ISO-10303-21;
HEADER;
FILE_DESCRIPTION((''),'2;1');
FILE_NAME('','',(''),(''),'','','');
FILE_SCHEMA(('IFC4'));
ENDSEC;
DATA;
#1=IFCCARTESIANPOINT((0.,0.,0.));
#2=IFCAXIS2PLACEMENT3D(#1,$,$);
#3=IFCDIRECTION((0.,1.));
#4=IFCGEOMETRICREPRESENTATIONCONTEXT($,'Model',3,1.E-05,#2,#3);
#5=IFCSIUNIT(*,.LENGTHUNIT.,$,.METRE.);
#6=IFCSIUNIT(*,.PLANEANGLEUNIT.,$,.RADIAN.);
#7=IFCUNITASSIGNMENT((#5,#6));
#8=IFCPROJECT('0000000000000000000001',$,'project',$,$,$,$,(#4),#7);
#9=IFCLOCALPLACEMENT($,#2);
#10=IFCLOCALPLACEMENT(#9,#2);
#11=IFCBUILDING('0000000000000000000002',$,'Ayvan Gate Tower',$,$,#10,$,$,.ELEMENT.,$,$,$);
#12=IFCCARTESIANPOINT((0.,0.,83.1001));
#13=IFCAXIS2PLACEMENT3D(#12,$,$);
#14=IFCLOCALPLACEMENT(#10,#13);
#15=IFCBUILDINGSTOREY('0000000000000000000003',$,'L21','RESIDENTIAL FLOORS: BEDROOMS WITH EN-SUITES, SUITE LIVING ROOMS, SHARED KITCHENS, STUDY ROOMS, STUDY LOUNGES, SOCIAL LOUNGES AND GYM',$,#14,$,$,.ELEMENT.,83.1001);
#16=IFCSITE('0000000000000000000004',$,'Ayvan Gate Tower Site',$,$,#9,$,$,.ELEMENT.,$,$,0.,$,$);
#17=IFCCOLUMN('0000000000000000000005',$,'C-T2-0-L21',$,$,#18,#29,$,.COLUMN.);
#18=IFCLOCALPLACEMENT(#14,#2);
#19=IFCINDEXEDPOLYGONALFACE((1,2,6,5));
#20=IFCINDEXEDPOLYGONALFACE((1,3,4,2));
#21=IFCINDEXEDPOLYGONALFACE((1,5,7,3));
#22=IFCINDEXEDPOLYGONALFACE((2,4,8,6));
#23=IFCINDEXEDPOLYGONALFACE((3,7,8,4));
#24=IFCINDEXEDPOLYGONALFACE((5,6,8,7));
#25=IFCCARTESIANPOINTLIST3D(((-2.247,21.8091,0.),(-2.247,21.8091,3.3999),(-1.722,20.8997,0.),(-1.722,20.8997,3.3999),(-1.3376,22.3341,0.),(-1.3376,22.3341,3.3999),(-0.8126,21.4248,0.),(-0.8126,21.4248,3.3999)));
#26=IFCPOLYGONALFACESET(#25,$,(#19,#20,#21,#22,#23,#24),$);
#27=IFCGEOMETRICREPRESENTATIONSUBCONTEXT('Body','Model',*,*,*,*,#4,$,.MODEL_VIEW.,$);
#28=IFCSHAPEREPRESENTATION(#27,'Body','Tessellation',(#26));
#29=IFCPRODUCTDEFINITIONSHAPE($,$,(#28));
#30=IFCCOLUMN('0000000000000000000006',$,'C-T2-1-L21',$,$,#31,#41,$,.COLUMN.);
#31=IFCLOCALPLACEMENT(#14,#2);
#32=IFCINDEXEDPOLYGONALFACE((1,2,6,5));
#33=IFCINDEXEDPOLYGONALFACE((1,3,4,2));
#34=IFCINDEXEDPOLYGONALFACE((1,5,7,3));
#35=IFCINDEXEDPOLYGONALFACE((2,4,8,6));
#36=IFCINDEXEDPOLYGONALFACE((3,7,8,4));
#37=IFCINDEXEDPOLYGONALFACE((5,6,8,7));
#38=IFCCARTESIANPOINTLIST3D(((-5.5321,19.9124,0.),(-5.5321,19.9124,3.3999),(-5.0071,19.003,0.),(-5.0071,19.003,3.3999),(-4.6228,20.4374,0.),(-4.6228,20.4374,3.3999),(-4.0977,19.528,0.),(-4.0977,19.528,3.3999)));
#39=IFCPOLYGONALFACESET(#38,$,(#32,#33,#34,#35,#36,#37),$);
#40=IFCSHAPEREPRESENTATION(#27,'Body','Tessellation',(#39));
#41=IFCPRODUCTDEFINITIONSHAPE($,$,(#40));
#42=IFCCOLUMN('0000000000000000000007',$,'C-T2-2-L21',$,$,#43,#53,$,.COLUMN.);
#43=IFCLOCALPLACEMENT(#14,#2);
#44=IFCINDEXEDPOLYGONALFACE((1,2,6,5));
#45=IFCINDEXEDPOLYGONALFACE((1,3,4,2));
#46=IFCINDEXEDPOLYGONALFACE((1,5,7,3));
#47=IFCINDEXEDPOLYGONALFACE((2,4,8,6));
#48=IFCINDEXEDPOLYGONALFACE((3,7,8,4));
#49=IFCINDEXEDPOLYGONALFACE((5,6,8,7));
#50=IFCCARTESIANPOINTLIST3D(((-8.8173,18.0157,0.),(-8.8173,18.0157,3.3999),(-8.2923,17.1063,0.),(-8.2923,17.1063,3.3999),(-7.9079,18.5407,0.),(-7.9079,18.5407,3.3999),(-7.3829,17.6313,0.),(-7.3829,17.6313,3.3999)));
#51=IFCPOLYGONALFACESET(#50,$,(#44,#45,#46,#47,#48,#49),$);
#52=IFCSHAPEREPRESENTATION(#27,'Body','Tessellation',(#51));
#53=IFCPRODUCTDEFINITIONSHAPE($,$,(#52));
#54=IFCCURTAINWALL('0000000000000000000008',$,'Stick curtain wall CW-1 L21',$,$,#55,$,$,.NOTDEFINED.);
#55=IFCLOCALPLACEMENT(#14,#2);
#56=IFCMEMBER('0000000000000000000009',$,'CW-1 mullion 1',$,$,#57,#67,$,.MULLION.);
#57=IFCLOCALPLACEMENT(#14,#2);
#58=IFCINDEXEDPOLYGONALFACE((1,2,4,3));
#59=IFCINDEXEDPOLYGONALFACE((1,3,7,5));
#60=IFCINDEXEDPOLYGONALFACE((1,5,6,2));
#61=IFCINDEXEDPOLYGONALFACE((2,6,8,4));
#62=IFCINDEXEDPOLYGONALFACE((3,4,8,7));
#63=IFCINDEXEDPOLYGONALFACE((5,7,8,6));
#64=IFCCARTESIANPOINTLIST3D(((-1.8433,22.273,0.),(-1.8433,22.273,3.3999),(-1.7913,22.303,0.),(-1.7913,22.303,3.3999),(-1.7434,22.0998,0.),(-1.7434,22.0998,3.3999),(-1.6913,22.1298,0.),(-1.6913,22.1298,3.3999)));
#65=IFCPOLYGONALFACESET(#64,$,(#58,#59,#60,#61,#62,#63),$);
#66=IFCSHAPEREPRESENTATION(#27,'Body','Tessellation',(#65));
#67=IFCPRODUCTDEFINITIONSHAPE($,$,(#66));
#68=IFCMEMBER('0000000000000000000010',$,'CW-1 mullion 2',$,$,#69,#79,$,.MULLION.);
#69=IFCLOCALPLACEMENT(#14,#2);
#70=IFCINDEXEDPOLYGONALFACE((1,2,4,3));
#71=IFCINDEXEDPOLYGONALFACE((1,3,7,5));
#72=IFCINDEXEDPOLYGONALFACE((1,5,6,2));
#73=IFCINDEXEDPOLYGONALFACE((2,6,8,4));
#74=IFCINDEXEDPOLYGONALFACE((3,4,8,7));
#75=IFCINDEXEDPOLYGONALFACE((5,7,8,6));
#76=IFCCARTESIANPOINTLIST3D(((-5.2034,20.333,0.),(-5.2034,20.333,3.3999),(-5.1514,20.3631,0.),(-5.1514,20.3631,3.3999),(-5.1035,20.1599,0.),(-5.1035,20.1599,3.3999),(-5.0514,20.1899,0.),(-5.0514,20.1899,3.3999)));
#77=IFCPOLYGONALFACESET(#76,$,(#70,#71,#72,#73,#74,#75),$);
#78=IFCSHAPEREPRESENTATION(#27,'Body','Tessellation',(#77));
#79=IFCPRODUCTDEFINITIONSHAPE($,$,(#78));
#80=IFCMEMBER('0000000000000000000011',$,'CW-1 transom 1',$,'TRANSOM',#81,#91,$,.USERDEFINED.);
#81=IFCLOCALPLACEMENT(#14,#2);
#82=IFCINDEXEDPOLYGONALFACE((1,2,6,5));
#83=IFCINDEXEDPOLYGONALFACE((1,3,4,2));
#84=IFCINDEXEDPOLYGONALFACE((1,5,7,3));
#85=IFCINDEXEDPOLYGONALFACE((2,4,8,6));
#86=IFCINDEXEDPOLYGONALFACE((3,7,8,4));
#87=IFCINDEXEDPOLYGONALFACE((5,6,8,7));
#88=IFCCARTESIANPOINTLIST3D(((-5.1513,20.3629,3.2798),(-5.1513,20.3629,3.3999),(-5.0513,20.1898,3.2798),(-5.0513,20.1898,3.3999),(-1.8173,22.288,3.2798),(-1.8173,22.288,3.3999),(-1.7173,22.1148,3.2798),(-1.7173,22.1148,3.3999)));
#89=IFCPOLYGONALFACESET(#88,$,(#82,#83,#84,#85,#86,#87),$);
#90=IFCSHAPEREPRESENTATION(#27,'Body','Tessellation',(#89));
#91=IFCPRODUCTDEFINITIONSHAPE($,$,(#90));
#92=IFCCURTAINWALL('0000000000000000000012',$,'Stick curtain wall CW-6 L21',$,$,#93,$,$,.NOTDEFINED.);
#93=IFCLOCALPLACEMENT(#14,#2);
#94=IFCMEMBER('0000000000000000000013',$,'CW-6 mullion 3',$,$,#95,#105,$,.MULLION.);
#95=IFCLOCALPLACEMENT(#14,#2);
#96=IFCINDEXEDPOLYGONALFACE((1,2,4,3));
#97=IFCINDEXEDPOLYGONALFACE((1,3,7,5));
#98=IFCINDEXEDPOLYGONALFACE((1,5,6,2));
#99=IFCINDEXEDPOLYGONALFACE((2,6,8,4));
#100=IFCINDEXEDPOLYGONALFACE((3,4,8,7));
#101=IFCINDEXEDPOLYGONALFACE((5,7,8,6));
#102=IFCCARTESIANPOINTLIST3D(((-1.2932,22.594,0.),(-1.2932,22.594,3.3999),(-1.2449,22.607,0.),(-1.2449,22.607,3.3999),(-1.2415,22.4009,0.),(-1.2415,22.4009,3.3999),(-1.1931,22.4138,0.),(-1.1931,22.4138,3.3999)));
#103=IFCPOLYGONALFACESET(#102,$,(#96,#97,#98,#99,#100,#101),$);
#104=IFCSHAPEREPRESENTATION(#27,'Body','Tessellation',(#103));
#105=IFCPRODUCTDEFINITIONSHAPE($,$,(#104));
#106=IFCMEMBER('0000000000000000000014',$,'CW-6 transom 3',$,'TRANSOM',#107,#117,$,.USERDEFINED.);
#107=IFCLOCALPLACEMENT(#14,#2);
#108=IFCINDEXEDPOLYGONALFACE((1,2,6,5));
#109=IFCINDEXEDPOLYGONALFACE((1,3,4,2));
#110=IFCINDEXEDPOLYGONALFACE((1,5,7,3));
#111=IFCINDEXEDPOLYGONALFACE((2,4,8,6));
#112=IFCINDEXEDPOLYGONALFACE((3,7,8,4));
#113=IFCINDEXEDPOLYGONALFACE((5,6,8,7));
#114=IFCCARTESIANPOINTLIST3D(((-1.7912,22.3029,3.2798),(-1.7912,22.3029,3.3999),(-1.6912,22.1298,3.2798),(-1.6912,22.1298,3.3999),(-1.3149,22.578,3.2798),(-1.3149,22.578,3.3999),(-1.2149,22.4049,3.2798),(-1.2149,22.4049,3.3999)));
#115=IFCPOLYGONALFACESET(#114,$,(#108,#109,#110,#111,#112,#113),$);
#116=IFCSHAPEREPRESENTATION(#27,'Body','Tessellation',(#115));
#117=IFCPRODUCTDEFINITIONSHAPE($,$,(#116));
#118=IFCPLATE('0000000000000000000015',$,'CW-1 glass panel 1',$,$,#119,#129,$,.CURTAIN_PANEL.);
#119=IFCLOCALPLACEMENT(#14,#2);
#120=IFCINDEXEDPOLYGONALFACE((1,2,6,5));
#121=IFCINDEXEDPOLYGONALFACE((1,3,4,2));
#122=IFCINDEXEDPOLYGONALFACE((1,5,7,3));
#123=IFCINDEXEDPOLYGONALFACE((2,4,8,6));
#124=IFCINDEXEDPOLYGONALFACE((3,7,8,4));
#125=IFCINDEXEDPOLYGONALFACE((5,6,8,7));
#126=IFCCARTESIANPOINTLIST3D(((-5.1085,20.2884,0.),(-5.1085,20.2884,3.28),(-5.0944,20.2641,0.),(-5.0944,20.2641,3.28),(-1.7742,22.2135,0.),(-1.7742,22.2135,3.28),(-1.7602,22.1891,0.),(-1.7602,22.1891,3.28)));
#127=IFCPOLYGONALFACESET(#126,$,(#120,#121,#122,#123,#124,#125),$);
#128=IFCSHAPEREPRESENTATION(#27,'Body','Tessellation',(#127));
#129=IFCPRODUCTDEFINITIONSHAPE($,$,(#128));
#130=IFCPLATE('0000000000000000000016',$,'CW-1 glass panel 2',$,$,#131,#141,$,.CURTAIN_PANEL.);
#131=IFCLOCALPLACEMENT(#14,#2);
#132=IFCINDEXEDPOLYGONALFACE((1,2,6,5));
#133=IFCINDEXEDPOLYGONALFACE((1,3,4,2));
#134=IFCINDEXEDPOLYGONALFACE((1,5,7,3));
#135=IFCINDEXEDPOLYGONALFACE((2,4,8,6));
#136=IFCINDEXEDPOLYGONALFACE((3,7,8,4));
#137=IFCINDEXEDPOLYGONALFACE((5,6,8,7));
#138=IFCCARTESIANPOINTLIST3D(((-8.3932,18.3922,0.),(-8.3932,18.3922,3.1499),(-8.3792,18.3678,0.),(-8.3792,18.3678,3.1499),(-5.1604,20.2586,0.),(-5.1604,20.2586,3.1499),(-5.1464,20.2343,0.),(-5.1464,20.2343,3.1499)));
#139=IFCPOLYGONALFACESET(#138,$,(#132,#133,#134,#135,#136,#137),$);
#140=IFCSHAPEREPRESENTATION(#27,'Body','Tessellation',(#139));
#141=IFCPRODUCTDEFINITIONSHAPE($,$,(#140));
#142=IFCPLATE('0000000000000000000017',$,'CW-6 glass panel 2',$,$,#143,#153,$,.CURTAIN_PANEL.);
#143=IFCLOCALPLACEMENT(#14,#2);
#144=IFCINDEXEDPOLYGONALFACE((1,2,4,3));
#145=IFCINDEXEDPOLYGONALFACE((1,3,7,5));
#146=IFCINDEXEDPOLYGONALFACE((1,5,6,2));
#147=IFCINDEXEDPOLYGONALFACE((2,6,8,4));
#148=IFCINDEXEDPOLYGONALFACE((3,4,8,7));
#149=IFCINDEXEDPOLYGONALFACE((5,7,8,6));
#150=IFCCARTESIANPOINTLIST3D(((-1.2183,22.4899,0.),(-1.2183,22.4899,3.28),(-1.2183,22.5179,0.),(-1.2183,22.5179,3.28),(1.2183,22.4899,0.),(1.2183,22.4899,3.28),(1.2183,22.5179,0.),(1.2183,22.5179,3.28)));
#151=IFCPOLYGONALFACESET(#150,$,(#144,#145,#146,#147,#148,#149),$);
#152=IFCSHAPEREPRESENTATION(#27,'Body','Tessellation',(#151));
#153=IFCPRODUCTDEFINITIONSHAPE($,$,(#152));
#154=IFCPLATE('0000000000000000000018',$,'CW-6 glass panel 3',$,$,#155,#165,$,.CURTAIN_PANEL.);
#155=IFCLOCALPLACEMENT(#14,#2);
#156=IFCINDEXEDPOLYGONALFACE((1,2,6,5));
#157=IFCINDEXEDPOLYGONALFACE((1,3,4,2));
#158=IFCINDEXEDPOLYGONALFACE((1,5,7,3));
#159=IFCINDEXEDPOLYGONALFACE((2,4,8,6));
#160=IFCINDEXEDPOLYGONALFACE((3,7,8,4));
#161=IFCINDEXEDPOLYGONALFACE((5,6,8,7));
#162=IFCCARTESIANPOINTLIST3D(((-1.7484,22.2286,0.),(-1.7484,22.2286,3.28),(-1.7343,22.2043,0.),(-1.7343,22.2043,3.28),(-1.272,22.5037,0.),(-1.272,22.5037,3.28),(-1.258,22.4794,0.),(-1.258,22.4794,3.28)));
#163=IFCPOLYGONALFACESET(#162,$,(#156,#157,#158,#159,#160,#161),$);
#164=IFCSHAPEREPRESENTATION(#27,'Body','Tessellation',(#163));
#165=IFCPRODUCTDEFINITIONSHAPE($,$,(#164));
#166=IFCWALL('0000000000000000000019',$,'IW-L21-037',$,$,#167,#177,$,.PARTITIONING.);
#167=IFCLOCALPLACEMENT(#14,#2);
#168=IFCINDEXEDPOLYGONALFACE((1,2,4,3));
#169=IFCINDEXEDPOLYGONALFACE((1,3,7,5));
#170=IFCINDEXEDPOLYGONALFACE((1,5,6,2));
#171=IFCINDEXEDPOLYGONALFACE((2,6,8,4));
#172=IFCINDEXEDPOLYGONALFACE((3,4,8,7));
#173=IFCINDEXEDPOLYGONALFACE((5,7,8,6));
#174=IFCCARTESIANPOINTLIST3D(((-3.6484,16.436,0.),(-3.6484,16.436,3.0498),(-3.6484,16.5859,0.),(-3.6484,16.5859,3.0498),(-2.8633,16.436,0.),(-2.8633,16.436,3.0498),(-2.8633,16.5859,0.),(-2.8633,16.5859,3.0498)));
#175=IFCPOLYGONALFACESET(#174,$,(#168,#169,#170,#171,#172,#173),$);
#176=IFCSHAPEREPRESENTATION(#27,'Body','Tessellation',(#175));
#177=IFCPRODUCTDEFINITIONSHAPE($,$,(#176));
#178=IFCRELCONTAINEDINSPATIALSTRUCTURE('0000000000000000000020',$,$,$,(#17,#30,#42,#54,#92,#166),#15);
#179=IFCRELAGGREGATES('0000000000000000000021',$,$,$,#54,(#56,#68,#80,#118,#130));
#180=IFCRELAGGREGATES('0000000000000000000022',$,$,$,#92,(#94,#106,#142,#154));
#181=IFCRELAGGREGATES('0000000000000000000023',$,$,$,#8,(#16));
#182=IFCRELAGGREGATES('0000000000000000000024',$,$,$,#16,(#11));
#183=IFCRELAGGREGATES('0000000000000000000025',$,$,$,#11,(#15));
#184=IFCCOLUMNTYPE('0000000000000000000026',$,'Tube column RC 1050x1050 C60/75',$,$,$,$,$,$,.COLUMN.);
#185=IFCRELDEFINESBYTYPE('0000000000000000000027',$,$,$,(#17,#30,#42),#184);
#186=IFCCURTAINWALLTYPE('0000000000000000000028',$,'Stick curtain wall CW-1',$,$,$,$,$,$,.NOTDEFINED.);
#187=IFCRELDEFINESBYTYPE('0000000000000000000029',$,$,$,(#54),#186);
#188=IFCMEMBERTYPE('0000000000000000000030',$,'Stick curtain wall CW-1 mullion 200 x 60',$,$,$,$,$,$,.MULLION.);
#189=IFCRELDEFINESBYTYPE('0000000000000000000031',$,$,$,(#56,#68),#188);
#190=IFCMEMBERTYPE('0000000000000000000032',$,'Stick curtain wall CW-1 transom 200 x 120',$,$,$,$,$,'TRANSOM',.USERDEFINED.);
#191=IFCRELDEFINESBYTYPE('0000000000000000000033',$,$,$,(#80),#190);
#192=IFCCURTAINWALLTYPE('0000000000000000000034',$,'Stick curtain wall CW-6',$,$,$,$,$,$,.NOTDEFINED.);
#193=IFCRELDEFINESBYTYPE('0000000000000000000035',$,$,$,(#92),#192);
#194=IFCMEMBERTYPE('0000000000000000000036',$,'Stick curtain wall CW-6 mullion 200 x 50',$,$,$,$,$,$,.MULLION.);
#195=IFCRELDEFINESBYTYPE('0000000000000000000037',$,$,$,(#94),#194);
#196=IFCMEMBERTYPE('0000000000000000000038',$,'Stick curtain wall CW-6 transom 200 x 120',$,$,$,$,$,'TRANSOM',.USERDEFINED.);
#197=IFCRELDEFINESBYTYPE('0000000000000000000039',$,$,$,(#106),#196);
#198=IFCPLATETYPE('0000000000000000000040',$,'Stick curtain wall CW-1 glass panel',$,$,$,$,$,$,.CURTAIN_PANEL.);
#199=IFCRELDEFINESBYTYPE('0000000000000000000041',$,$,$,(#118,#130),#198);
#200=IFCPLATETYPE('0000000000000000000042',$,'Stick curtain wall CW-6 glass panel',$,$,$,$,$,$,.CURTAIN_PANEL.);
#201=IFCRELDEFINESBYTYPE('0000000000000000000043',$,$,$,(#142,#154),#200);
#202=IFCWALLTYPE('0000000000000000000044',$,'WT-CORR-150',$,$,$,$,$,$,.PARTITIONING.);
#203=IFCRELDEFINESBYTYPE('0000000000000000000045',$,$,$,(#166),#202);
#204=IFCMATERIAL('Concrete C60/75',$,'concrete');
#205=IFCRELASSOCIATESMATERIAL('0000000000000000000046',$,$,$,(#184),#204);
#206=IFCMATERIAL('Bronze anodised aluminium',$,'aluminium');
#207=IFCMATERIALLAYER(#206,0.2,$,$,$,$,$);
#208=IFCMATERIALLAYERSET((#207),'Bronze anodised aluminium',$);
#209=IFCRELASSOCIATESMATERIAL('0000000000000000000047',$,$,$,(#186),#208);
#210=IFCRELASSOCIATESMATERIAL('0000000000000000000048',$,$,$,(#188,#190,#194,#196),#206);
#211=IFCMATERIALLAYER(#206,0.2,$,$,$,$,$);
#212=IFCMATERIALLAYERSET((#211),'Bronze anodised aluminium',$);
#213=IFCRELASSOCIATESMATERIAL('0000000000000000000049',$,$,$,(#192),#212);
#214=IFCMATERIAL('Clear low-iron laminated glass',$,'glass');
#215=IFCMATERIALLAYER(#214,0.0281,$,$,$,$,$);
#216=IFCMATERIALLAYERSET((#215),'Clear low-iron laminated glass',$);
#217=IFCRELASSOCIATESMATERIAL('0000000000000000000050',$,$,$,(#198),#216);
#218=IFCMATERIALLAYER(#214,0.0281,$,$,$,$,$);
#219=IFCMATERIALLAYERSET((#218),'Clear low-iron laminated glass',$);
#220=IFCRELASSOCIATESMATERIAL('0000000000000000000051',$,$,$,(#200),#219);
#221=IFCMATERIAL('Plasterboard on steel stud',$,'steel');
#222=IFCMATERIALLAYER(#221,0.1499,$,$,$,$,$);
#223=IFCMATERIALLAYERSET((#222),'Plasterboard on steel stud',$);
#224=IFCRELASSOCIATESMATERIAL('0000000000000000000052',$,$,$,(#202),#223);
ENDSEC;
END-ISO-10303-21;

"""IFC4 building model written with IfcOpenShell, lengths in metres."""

from ifc_helpers import new_model, si_unit, direction, frame, frame_2d, origin, origin_2d, place, context, subcontext, project, spatial, rectangle, extrude, material, layer, layer_set, material_profile, profile_set, type_object, element, aggregate, save


model = new_model("IFC4")

# Units and contexts
model_context = context("Model", 3, precision=1e-05, world=origin(), true_north=direction((0.0, 1.0)))
body_context = subcontext(model_context, "Body", "Model", "MODEL_VIEW")
ifc_project = project(units=[si_unit("LENGTHUNIT", "METRE"), si_unit("PLANEANGLEUNIT", "RADIAN")], contexts=[model_context])

# Site, building, storey
site_placement = place(None, origin())
site = spatial("IfcSite", under=ifc_project, at=site_placement, Name="Ayvan Gate Tower Site", CompositionType="ELEMENT", RefElevation=0.0)
building_placement = place(site_placement, origin())
building = spatial("IfcBuilding", under=site, at=building_placement, Name="Ayvan Gate Tower", CompositionType="ELEMENT")
storey_placement = place(building_placement, frame((0.0, 0.0, 83.1001)))
storey = spatial("IfcBuildingStorey", under=building, at=storey_placement, Name="L21", Description="RESIDENTIAL FLOORS: BEDROOMS WITH EN-SUITES, SUITE LIVING ROOMS, SHARED KITCHENS, STUDY ROOMS, STUDY LOUNGES, SOCIAL LOUNGES AND GYM", CompositionType="ELEMENT", Elevation=83.1001)

# Columns
ifc_material_1 = material(Name="Concrete C60/75", Category="concrete")
ifc_material_profile_1 = material_profile(ifc_material_1, rectangle(XDim=1.05, YDim=1.05, at=origin_2d()), Name="RC 1050x1050")
ifc_profile_set_1 = profile_set([ifc_material_profile_1], Name="Concrete C60/75")
column_type = type_object("IfcColumnType", Name="Tube column RC 1050x1050 C60/75", PredefinedType="COLUMN", material=ifc_profile_set_1)
for number, where, z_axis, x_axis, name in (
    (1, (-1.5298, 21.6169, 0.0), (0.0, 0.0, 1.0), (-0.5, 0.866025, 0.0), "C-T2-0-L21"),
    (2, (-4.8149, 19.7202, 0.0), (0.0, 0.0, 1.0), (-0.5, 0.866025, 0.0), "C-T2-1-L21"),
    (3, (-8.1001, 17.8235, 0.0), (0.0, 0.0, 1.0), (-0.5, 0.866025, 0.0), "C-T2-2-L21"),
):
    element("IfcColumn", number, at=place(storey_placement, frame(where, z_axis=z_axis, x_axis=x_axis)), inside=storey, type_object=column_type, Name=name, PredefinedType="COLUMN", context=body_context, shape_type="SweptSolid", body=[
        extrude(rectangle(XDim=1.05, YDim=1.05, at=origin_2d()), origin(), (0.0, 0.0, 1.0), 3.3999),
    ])

# Curtain walls, members
ifc_material_2 = material(Name="Bronze anodised aluminium", Category="aluminium")
ifc_layer_1 = layer(ifc_material_2, 0.2)
ifc_layer_set_1 = layer_set([ifc_layer_1], Name="Bronze anodised aluminium")
curtain_wall_type_1 = type_object("IfcCurtainWallType", Name="Stick curtain wall CW-1", PredefinedType="NOTDEFINED", material=ifc_layer_set_1)
curtain_wall_1_placement = place(storey_placement, origin())
curtain_wall_1 = element("IfcCurtainWall", 4, at=curtain_wall_1_placement, inside=storey, type_object=curtain_wall_type_1, Name="Stick curtain wall CW-1 L21", PredefinedType="NOTDEFINED")
ifc_material_profile_2 = material_profile(ifc_material_2, rectangle(XDim=0.2, YDim=0.0601, at=origin_2d()), Name="Stick curtain wall CW-1 mullion 200 x 60")
ifc_profile_set_2 = profile_set([ifc_material_profile_2], Name="Bronze anodised aluminium")
member_type_1 = type_object("IfcMemberType", Name="Stick curtain wall CW-1 mullion 200 x 60", PredefinedType="MULLION", material=ifc_profile_set_2)
member_1_placement = place(storey_placement, frame((-1.7673, 22.2014, 0.0), z_axis=(0.0, 0.0, 1.0), x_axis=(-0.5, 0.866025, 0.0)))
member_1 = element("IfcMember", 5, at=member_1_placement, type_object=member_type_1, Name="CW-1 mullion 1", PredefinedType="MULLION", context=body_context, shape_type="SweptSolid", body=[
    extrude(rectangle(XDim=0.2, YDim=0.0601, at=origin_2d()), origin(), (0.0, 0.0, 1.0), 3.3999),
])
member_2_placement = place(storey_placement, frame((-5.1274, 20.2615, 0.0), z_axis=(0.0, 0.0, 1.0), x_axis=(-0.5, 0.866025, 0.0)))
member_2 = element("IfcMember", 6, at=member_2_placement, type_object=member_type_1, Name="CW-1 mullion 2", PredefinedType="MULLION", context=body_context, shape_type="SweptSolid", body=[
    extrude(rectangle(XDim=0.2, YDim=0.0601, at=origin_2d()), origin(), (0.0, 0.0, 1.0), 3.3999),
])
ifc_material_profile_3 = material_profile(ifc_material_2, rectangle(XDim=0.2, YDim=0.1201, at=origin_2d()), Name="Stick curtain wall CW-1 transom 200 x 120")
ifc_profile_set_3 = profile_set([ifc_material_profile_3], Name="Bronze anodised aluminium")
member_type_2 = type_object("IfcMemberType", Name="Stick curtain wall CW-1 transom 200 x 120", ElementType="TRANSOM", PredefinedType="USERDEFINED", material=ifc_profile_set_3)
member_3_placement = place(storey_placement, frame((-1.7673, 22.2014, 3.3398), z_axis=(-0.866006, -0.500034, 0.0), x_axis=(0.500034, -0.866006, 0.0)))
member_3 = element("IfcMember", 7, at=member_3_placement, type_object=member_type_2, Name="CW-1 transom 1", ObjectType="TRANSOM", PredefinedType="USERDEFINED", context=body_context, shape_type="SweptSolid", body=[
    extrude(rectangle(XDim=0.2, YDim=0.1201, at=origin_2d()), origin(), (0.0, 0.0, 1.0), 3.8499),
])
ifc_layer_2 = layer(ifc_material_2, 0.2)
ifc_layer_set_2 = layer_set([ifc_layer_2], Name="Bronze anodised aluminium")
curtain_wall_type_2 = type_object("IfcCurtainWallType", Name="Stick curtain wall CW-6", PredefinedType="NOTDEFINED", material=ifc_layer_set_2)
curtain_wall_2_placement = place(storey_placement, origin())
curtain_wall_2 = element("IfcCurtainWall", 8, at=curtain_wall_2_placement, inside=storey, type_object=curtain_wall_type_2, Name="Stick curtain wall CW-6 L21", PredefinedType="NOTDEFINED")
ifc_material_profile_4 = material_profile(ifc_material_2, rectangle(XDim=0.2, YDim=0.05, at=origin_2d()), Name="Stick curtain wall CW-6 mullion 200 x 50")
ifc_profile_set_4 = profile_set([ifc_material_profile_4], Name="Bronze anodised aluminium")
member_type_3 = type_object("IfcMemberType", Name="Stick curtain wall CW-6 mullion 200 x 50", PredefinedType="MULLION", material=ifc_profile_set_4)
member_4_placement = place(storey_placement, frame((-1.2432, 22.5039, 0.0), z_axis=(0.0, 0.0, 1.0), x_axis=(-0.258819, 0.965926, 0.0)))
member_4 = element("IfcMember", 9, at=member_4_placement, type_object=member_type_3, Name="CW-6 mullion 3", PredefinedType="MULLION", context=body_context, shape_type="SweptSolid", body=[
    extrude(rectangle(XDim=0.2, YDim=0.05, at=origin_2d()), origin(), (0.0, 0.0, 1.0), 3.3999),
])
ifc_material_profile_5 = material_profile(ifc_material_2, rectangle(XDim=0.2, YDim=0.1201, at=origin_2d()), Name="Stick curtain wall CW-6 transom 200 x 120")
ifc_profile_set_5 = profile_set([ifc_material_profile_5], Name="Bronze anodised aluminium")
member_type_4 = type_object("IfcMemberType", Name="Stick curtain wall CW-6 transom 200 x 120", ElementType="TRANSOM", PredefinedType="USERDEFINED", material=ifc_profile_set_5)
member_5_placement = place(storey_placement, frame((-1.2649, 22.4915, 3.3398), z_axis=(-0.865912, -0.500196, 0.0), x_axis=(0.500196, -0.865912, 0.0)))
member_5 = element("IfcMember", 10, at=member_5_placement, type_object=member_type_4, Name="CW-6 transom 3", ObjectType="TRANSOM", PredefinedType="USERDEFINED", context=body_context, shape_type="SweptSolid", body=[
    extrude(rectangle(XDim=0.2, YDim=0.1201, at=origin_2d()), origin(), (0.0, 0.0, 1.0), 0.55),
])

# Plates
ifc_material_3 = material(Name="Clear low-iron laminated glass", Category="glass")
ifc_layer_3 = layer(ifc_material_3, 0.0281)
ifc_layer_set_3 = layer_set([ifc_layer_3], Name="Clear low-iron laminated glass")
plate_type_1 = type_object("IfcPlateType", Name="Stick curtain wall CW-1 glass panel", PredefinedType="CURTAIN_PANEL", material=ifc_layer_set_3)
plate_1_placement = place(storey_placement, frame((-3.4343, 21.2388, 0.0), z_axis=(0.0, 0.0, 1.0), x_axis=(-0.866025, -0.5, 0.0)))
plate_1 = element("IfcPlate", 11, at=plate_1_placement, type_object=plate_type_1, Name="CW-1 glass panel 1", PredefinedType="CURTAIN_PANEL", context=body_context, shape_type="SweptSolid", body=[
    extrude(rectangle(XDim=3.8501, YDim=0.0281, at=origin_2d()), origin(), (0.0, 0.0, 1.0), 3.28),
])
plate_2_placement = place(storey_placement, frame((-6.7698, 19.3132, 0.0), z_axis=(0.0, 0.0, 1.0), x_axis=(-0.866025, -0.5, 0.0)))
plate_2 = element("IfcPlate", 12, at=plate_2_placement, type_object=plate_type_1, Name="CW-1 glass panel 2", PredefinedType="CURTAIN_PANEL", context=body_context, shape_type="SweptSolid", body=[
    extrude(rectangle(XDim=3.7329, YDim=0.0281, at=origin_2d()), origin(), (0.0, 0.0, 1.0), 3.1499),
])
aggregate(curtain_wall_1, [member_1, member_2, member_3, plate_1, plate_2])
ifc_layer_4 = layer(ifc_material_3, 0.0281)
ifc_layer_set_4 = layer_set([ifc_layer_4], Name="Clear low-iron laminated glass")
plate_type_2 = type_object("IfcPlateType", Name="Stick curtain wall CW-6 glass panel", PredefinedType="CURTAIN_PANEL", material=ifc_layer_set_4)
plate_3_placement = place(storey_placement, frame((0.0, 22.5039, 0.0), z_axis=(0.0, 0.0, 1.0), x_axis=(-1.0, 0.0, 0.0)))
plate_3 = element("IfcPlate", 13, at=plate_3_placement, type_object=plate_type_2, Name="CW-6 glass panel 2", PredefinedType="CURTAIN_PANEL", context=body_context, shape_type="SweptSolid", body=[
    extrude(rectangle(XDim=2.4365, YDim=0.0281, at=origin_2d()), origin(), (0.0, 0.0, 1.0), 3.28),
])
plate_4_placement = place(storey_placement, frame((-1.5032, 22.354, 0.0), z_axis=(0.0, 0.0, 1.0), x_axis=(-0.866025, -0.5, 0.0)))
plate_4 = element("IfcPlate", 14, at=plate_4_placement, type_object=plate_type_2, Name="CW-6 glass panel 3", PredefinedType="CURTAIN_PANEL", context=body_context, shape_type="SweptSolid", body=[
    extrude(rectangle(XDim=0.55, YDim=0.0281, at=origin_2d()), origin(), (0.0, 0.0, 1.0), 3.28),
])
aggregate(curtain_wall_2, [member_4, member_5, plate_3, plate_4])

# Wall
ifc_material_4 = material(Name="Plasterboard on steel stud", Category="steel")
ifc_layer_5 = layer(ifc_material_4, 0.1499)
ifc_layer_set_5 = layer_set([ifc_layer_5], Name="Plasterboard on steel stud")
wall_type_1 = type_object("IfcWallType", Name="WT-CORR-150", PredefinedType="PARTITIONING", material=ifc_layer_set_5)
wall_1_placement = place(storey_placement, frame((-3.6484, 16.511, 0.0), z_axis=(0.0, 0.0, 1.0), x_axis=(1.0, 0.0, 0.0)))
element("IfcWall", 15, at=wall_1_placement, inside=storey, type_object=wall_type_1, Name="IW-L21-037", PredefinedType="PARTITIONING", context=body_context, shape_type="SweptSolid", body=[
    extrude(rectangle(XDim=0.7852, YDim=0.1499, at=frame_2d((0.3926, 0.0))), origin(), (0.0, 0.0, 1.0), 3.0498),
])

save(model, "model.ifc")
